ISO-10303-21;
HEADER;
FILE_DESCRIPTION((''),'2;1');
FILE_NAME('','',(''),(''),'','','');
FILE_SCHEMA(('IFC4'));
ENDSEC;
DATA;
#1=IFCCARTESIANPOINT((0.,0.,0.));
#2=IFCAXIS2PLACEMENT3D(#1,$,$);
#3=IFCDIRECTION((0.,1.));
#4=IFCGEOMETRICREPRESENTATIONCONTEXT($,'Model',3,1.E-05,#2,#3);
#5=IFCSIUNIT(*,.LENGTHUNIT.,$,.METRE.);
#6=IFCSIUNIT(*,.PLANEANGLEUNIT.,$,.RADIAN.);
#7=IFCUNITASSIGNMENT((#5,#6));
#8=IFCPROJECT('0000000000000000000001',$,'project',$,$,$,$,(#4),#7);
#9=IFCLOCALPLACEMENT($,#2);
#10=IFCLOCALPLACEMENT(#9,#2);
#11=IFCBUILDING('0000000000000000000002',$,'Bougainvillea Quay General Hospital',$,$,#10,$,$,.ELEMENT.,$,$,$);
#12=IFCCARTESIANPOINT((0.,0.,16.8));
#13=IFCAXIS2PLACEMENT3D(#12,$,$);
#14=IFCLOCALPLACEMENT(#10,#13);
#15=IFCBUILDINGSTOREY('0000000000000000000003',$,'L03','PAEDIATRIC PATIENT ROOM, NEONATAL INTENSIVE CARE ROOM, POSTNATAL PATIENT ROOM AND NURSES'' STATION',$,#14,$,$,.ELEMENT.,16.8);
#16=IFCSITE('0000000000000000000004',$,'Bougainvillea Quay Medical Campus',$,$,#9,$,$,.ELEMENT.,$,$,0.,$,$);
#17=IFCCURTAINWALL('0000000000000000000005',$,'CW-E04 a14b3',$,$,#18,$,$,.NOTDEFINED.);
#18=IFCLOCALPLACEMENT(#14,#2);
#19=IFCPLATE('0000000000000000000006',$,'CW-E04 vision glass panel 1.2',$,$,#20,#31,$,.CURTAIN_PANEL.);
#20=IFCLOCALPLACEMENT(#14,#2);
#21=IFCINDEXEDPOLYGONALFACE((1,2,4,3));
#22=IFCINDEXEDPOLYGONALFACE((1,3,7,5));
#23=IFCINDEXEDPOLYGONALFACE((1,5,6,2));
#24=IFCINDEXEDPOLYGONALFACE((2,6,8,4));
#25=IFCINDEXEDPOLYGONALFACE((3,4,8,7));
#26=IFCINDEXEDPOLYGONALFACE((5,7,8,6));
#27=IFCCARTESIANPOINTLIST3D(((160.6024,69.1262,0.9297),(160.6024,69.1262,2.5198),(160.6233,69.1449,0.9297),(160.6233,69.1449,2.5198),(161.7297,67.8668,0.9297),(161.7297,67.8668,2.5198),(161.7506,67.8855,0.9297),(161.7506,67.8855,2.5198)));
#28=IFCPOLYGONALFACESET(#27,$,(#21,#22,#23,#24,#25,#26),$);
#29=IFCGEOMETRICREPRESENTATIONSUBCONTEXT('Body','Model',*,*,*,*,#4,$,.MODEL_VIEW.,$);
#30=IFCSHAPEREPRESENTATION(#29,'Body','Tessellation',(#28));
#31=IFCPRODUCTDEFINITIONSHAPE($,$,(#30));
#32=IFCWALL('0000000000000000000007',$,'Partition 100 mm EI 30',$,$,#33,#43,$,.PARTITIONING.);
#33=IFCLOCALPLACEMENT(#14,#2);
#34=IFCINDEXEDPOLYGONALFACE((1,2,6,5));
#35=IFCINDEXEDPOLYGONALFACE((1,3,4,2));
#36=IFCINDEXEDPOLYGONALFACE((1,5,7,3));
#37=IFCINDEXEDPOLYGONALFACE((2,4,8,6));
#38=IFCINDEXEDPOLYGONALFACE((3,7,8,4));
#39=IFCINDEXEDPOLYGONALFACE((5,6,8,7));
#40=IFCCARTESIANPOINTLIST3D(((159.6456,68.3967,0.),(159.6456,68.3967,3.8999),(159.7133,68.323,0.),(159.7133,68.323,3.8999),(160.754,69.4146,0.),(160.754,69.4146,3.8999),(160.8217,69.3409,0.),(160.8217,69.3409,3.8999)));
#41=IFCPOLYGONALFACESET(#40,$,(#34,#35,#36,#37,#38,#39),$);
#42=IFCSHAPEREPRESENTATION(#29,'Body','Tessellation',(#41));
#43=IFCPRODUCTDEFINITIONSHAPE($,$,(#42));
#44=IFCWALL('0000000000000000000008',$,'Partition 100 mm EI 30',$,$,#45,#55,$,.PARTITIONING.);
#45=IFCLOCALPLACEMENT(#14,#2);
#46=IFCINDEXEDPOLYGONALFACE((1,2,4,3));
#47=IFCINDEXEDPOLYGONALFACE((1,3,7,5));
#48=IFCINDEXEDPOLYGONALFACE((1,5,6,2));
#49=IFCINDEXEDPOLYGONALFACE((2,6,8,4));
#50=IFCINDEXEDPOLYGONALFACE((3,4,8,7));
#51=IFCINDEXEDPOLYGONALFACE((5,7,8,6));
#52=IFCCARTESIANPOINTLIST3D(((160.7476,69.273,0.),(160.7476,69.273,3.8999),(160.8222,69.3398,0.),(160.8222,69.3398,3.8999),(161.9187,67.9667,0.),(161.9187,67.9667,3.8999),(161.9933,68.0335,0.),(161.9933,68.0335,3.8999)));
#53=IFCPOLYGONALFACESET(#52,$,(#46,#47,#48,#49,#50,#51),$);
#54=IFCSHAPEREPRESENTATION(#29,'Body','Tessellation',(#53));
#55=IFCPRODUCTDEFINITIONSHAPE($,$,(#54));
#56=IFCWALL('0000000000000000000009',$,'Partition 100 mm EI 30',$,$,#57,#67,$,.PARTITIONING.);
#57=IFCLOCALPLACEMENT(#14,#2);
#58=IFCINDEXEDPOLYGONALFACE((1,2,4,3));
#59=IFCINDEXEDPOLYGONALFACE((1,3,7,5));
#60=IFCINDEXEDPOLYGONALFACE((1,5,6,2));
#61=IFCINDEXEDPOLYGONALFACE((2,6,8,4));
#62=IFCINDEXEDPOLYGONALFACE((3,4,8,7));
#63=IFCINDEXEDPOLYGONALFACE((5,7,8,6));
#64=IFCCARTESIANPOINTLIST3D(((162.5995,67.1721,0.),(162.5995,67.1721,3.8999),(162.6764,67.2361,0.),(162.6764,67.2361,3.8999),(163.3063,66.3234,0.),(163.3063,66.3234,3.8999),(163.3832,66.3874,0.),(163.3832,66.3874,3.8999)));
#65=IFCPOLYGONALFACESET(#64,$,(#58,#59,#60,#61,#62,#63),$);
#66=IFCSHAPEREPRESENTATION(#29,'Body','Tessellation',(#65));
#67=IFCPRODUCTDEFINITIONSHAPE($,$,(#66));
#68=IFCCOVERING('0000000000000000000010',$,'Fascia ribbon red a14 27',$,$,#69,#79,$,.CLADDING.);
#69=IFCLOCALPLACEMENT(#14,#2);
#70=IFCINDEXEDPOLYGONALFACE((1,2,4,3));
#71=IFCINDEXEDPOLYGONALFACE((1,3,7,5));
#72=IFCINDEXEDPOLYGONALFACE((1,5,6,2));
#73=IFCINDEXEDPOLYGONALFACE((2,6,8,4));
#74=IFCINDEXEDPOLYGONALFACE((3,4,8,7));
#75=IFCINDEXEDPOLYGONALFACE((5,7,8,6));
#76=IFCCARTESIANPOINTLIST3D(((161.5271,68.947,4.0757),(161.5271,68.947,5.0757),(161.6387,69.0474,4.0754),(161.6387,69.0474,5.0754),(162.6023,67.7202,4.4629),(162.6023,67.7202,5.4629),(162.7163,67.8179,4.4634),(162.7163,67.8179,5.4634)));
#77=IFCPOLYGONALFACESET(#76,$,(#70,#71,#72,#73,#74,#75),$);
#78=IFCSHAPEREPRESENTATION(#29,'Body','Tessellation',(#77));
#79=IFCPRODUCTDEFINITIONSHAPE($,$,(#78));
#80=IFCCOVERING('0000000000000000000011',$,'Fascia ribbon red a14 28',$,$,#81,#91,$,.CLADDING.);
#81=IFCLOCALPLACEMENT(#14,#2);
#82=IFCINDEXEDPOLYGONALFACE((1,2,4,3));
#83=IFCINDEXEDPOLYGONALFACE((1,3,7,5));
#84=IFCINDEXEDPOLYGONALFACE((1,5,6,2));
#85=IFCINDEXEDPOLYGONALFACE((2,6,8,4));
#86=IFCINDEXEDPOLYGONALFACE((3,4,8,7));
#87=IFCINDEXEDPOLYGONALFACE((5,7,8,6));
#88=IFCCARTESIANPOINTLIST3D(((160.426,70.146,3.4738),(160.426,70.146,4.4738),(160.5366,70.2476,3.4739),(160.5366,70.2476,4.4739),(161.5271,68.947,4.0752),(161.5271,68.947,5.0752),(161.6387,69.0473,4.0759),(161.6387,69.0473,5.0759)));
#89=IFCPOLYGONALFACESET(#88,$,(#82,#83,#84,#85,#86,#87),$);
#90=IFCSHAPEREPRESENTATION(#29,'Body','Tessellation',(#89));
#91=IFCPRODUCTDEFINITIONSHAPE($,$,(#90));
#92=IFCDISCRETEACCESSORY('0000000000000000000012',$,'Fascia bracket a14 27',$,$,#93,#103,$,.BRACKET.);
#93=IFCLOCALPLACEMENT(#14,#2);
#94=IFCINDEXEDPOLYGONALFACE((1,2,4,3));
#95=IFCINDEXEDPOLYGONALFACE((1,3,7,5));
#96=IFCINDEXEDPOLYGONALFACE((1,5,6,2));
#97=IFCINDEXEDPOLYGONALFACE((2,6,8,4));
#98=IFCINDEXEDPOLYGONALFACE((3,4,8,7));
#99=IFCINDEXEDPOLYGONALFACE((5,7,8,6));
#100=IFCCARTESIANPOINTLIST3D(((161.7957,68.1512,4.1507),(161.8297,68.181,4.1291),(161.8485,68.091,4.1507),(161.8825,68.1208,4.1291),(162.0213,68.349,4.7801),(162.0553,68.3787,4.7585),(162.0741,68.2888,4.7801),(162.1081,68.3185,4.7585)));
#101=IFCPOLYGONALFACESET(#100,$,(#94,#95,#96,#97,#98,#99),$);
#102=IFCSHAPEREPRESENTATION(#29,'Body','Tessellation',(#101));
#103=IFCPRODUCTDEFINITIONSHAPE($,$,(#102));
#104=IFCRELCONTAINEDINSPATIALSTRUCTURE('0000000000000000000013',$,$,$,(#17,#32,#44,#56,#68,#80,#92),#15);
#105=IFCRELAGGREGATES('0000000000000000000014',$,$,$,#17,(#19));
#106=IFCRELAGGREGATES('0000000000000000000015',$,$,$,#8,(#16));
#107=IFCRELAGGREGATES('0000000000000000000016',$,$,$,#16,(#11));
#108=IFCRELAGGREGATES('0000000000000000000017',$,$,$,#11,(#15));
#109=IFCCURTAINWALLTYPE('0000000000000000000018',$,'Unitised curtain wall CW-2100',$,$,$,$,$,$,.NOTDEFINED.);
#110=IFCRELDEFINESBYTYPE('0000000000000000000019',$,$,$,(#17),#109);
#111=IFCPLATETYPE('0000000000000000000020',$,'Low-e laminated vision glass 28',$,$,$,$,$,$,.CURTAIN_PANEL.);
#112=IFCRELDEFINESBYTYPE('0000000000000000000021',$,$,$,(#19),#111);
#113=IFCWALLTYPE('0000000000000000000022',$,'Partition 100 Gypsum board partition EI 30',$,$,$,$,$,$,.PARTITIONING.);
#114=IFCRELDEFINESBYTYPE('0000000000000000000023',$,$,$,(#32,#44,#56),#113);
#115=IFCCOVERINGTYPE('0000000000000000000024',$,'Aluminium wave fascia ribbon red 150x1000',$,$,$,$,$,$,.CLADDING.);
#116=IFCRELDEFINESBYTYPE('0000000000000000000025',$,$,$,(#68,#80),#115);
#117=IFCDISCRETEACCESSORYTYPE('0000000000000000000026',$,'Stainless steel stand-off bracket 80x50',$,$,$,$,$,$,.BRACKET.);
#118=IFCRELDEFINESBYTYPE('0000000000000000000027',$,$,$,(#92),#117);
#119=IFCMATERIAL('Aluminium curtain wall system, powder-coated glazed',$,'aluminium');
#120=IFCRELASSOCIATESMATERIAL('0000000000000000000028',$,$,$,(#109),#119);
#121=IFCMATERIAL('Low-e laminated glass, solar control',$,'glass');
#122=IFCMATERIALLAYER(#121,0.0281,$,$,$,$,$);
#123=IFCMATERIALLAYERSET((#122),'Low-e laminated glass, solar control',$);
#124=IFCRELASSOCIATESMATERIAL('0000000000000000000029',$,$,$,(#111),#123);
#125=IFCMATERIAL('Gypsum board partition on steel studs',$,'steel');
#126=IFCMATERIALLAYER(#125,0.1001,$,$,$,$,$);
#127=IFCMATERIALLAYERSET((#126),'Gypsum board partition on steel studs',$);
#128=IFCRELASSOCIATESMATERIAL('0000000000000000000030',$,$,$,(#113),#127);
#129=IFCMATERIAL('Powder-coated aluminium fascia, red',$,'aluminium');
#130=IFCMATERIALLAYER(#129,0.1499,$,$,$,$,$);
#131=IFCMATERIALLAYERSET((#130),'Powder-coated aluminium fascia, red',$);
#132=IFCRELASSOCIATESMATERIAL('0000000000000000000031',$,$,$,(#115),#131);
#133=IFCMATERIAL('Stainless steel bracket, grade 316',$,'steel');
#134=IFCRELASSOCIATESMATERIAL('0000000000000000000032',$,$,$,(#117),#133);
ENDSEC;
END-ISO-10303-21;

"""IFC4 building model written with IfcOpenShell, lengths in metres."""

from ifc_helpers import new_model, si_unit, direction, frame, frame_2d, origin, origin_2d, place, context, subcontext, project, spatial, polyline, rectangle, outline, extrude, material, layer, layer_set, material_profile, profile_set, type_object, element, aggregate, save


model = new_model("IFC4")

# Units and contexts
model_context = context("Model", 3, precision=1e-05, world=origin(), true_north=direction((0.0, 1.0)))
body_context = subcontext(model_context, "Body", "Model", "MODEL_VIEW")
ifc_project = project(units=[si_unit("LENGTHUNIT", "METRE"), si_unit("PLANEANGLEUNIT", "RADIAN")], contexts=[model_context])

# Site, building, storey
site_placement = place(None, origin())
site = spatial("IfcSite", under=ifc_project, at=site_placement, Name="Bougainvillea Quay Medical Campus", CompositionType="ELEMENT", RefElevation=0.0)
building_placement = place(site_placement, origin())
building = spatial("IfcBuilding", under=site, at=building_placement, Name="Bougainvillea Quay General Hospital", CompositionType="ELEMENT")
storey_placement = place(building_placement, frame((0.0, 0.0, 16.8)))
storey = spatial("IfcBuildingStorey", under=building, at=storey_placement, Name="L03", Description="PAEDIATRIC PATIENT ROOM, NEONATAL INTENSIVE CARE ROOM, POSTNATAL PATIENT ROOM AND NURSES' STATION", CompositionType="ELEMENT", Elevation=16.8)

# Curtain wall, plate
ifc_material_1 = material(Name="Aluminium curtain wall system, powder-coated glazed", Category="aluminium")
curtain_wall_type = type_object("IfcCurtainWallType", Name="Unitised curtain wall CW-2100", PredefinedType="NOTDEFINED", material=ifc_material_1)
curtain_wall_placement = place(storey_placement, origin())
curtain_wall = element("IfcCurtainWall", 1, at=curtain_wall_placement, inside=storey, type_object=curtain_wall_type, Name="CW-E04 a14b3", PredefinedType="NOTDEFINED")
ifc_material_2 = material(Name="Low-e laminated glass, solar control", Category="glass")
ifc_layer_1 = layer(ifc_material_2, 0.0281)
ifc_layer_set_1 = layer_set([ifc_layer_1], Name="Low-e laminated glass, solar control")
plate_type_1 = type_object("IfcPlateType", Name="Low-e laminated vision glass 28", PredefinedType="CURTAIN_PANEL", material=ifc_layer_set_1)
plate_1_placement = place(storey_placement, frame((161.1765, 68.5059, 0.9297), z_axis=(0.0, 0.0, 1.0), x_axis=(0.666959, -0.745094, 0.0)))
plate_1 = element("IfcPlate", 2, at=plate_1_placement, type_object=plate_type_1, Name="CW-E04 vision glass panel 1.2", PredefinedType="CURTAIN_PANEL", context=body_context, shape_type="SweptSolid", body=[
    extrude(rectangle(XDim=1.6902, YDim=0.0281, at=origin_2d()), origin(), (0.0, 0.0, 1.0), 1.5901),
])
aggregate(curtain_wall, [plate_1])

# Walls
ifc_material_3 = material(Name="Gypsum board partition on steel studs", Category="steel")
ifc_layer_2 = layer(ifc_material_3, 0.1001)
ifc_layer_set_2 = layer_set([ifc_layer_2], Name="Gypsum board partition on steel studs")
wall_type = type_object("IfcWallType", Name="Partition 100 Gypsum board partition EI 30", PredefinedType="PARTITIONING", material=ifc_layer_set_2)
wall_1_placement = place(storey_placement, frame((159.6794, 68.3599, 0.0), z_axis=(0.0, 0.0, 1.0), x_axis=(0.736561, 0.676371, 0.0)))
element("IfcWall", 3, at=wall_1_placement, inside=storey, type_object=wall_type, Name="Partition 100 mm EI 30", PredefinedType="PARTITIONING", context=body_context, shape_type="SweptSolid", body=[
    extrude(rectangle(XDim=1.5049, YDim=0.1001, at=frame_2d((0.7524, 0.0))), origin(), (0.0, 0.0, 1.0), 3.8999),
])
wall_2_placement = place(storey_placement, frame((160.7849, 69.3064, 0.0), z_axis=(0.0, 0.0, 1.0), x_axis=(0.66751, -0.7446, 0.0)))
element("IfcWall", 4, at=wall_2_placement, inside=storey, type_object=wall_type, Name="Partition 100 mm EI 30", PredefinedType="PARTITIONING", context=body_context, shape_type="SweptSolid", body=[
    extrude(rectangle(XDim=1.7544, YDim=0.1001, at=frame_2d((0.8772, 0.0))), origin(), (0.0, 0.0, 1.0), 3.8999),
])
wall_3_placement = place(storey_placement, frame((162.6379, 67.2041, 0.0), z_axis=(0.0, 0.0, 1.0), x_axis=(0.639967, -0.768402, 0.0)))
element("IfcWall", 5, at=wall_3_placement, inside=storey, type_object=wall_type, Name="Partition 100 mm EI 30", PredefinedType="PARTITIONING", context=body_context, shape_type="SweptSolid", body=[
    extrude(rectangle(XDim=1.1045, YDim=0.1001, at=frame_2d((0.5522, 0.0))), origin(), (0.0, 0.0, 1.0), 3.8999),
])

# Coverings
ifc_material_4 = material(Name="Powder-coated aluminium fascia, red", Category="aluminium")
ifc_layer_3 = layer(ifc_material_4, 0.1499)
ifc_layer_set_3 = layer_set([ifc_layer_3], Name="Powder-coated aluminium fascia, red")
covering_type = type_object("IfcCoveringType", Name="Aluminium wave fascia ribbon red 150x1000", PredefinedType="CLADDING", material=ifc_layer_set_3)
covering_1_placement = place(storey_placement, frame((162.6023, 67.7202, 4.4629), z_axis=(-0.152916, 0.173023, 0.972975), x_axis=(-0.641296, 0.731724, -0.23091)))
element("IfcCovering", 6, at=covering_1_placement, inside=storey, type_object=covering_type, Name="Fascia ribbon red a14 27", PredefinedType="CLADDING", context=body_context, shape_type="SweptSolid", body=[
    extrude(outline(polyline([(0.0, 0.0), (1.6766, 0.0), (1.6785, -0.15), (-0.0018, -0.1501), (0.0, 0.0)])), origin(), (-0.23091, -0.000934, 0.972975), 1.0),
])
covering_2_placement = place(storey_placement, frame((161.5271, 68.947, 4.0752), z_axis=(-0.23476, 0.254919, 0.938032), x_axis=(-0.634482, 0.690896, -0.346548)))
element("IfcCovering", 7, at=covering_2_placement, inside=storey, type_object=covering_type, Name="Fascia ribbon red a14 28", PredefinedType="CLADDING", context=body_context, shape_type="SweptSolid", body=[
    extrude(outline(polyline([(0.0, 0.0), (1.7354, 0.0), (1.7354, -0.1502), (-0.0017, -0.15), (0.0, 0.0)])), origin(), (-0.346548, -0.000454, 0.938032), 1.0),
])

# Discrete accessory
ifc_material_5 = material(Name="Stainless steel bracket, grade 316", Category="steel")
ifc_material_profile_1 = material_profile(ifc_material_5, rectangle(XDim=0.0801, YDim=0.05, at=origin_2d()))
ifc_profile_set_1 = profile_set([ifc_material_profile_1], Name="Stainless steel bracket, grade 316")
discrete_accessory_type = type_object("IfcDiscreteAccessoryType", Name="Stainless steel stand-off bracket 80x50", PredefinedType="BRACKET", material=ifc_profile_set_1)
discrete_accessory_placement = place(storey_placement, frame((161.8391, 68.136, 4.1399), z_axis=(0.323545, 0.283627, 0.902704), x_axis=(-0.659196, 0.751971, 0.0)))
element("IfcDiscreteAccessory", 8, at=discrete_accessory_placement, inside=storey, type_object=discrete_accessory_type, Name="Fascia bracket a14 27", PredefinedType="BRACKET", context=body_context, shape_type="SweptSolid", body=[
    extrude(rectangle(XDim=0.0801, YDim=0.05, at=origin_2d()), origin(), (0.0, 0.0, 1.0), 0.6973),
])

save(model, "model.ifc")
